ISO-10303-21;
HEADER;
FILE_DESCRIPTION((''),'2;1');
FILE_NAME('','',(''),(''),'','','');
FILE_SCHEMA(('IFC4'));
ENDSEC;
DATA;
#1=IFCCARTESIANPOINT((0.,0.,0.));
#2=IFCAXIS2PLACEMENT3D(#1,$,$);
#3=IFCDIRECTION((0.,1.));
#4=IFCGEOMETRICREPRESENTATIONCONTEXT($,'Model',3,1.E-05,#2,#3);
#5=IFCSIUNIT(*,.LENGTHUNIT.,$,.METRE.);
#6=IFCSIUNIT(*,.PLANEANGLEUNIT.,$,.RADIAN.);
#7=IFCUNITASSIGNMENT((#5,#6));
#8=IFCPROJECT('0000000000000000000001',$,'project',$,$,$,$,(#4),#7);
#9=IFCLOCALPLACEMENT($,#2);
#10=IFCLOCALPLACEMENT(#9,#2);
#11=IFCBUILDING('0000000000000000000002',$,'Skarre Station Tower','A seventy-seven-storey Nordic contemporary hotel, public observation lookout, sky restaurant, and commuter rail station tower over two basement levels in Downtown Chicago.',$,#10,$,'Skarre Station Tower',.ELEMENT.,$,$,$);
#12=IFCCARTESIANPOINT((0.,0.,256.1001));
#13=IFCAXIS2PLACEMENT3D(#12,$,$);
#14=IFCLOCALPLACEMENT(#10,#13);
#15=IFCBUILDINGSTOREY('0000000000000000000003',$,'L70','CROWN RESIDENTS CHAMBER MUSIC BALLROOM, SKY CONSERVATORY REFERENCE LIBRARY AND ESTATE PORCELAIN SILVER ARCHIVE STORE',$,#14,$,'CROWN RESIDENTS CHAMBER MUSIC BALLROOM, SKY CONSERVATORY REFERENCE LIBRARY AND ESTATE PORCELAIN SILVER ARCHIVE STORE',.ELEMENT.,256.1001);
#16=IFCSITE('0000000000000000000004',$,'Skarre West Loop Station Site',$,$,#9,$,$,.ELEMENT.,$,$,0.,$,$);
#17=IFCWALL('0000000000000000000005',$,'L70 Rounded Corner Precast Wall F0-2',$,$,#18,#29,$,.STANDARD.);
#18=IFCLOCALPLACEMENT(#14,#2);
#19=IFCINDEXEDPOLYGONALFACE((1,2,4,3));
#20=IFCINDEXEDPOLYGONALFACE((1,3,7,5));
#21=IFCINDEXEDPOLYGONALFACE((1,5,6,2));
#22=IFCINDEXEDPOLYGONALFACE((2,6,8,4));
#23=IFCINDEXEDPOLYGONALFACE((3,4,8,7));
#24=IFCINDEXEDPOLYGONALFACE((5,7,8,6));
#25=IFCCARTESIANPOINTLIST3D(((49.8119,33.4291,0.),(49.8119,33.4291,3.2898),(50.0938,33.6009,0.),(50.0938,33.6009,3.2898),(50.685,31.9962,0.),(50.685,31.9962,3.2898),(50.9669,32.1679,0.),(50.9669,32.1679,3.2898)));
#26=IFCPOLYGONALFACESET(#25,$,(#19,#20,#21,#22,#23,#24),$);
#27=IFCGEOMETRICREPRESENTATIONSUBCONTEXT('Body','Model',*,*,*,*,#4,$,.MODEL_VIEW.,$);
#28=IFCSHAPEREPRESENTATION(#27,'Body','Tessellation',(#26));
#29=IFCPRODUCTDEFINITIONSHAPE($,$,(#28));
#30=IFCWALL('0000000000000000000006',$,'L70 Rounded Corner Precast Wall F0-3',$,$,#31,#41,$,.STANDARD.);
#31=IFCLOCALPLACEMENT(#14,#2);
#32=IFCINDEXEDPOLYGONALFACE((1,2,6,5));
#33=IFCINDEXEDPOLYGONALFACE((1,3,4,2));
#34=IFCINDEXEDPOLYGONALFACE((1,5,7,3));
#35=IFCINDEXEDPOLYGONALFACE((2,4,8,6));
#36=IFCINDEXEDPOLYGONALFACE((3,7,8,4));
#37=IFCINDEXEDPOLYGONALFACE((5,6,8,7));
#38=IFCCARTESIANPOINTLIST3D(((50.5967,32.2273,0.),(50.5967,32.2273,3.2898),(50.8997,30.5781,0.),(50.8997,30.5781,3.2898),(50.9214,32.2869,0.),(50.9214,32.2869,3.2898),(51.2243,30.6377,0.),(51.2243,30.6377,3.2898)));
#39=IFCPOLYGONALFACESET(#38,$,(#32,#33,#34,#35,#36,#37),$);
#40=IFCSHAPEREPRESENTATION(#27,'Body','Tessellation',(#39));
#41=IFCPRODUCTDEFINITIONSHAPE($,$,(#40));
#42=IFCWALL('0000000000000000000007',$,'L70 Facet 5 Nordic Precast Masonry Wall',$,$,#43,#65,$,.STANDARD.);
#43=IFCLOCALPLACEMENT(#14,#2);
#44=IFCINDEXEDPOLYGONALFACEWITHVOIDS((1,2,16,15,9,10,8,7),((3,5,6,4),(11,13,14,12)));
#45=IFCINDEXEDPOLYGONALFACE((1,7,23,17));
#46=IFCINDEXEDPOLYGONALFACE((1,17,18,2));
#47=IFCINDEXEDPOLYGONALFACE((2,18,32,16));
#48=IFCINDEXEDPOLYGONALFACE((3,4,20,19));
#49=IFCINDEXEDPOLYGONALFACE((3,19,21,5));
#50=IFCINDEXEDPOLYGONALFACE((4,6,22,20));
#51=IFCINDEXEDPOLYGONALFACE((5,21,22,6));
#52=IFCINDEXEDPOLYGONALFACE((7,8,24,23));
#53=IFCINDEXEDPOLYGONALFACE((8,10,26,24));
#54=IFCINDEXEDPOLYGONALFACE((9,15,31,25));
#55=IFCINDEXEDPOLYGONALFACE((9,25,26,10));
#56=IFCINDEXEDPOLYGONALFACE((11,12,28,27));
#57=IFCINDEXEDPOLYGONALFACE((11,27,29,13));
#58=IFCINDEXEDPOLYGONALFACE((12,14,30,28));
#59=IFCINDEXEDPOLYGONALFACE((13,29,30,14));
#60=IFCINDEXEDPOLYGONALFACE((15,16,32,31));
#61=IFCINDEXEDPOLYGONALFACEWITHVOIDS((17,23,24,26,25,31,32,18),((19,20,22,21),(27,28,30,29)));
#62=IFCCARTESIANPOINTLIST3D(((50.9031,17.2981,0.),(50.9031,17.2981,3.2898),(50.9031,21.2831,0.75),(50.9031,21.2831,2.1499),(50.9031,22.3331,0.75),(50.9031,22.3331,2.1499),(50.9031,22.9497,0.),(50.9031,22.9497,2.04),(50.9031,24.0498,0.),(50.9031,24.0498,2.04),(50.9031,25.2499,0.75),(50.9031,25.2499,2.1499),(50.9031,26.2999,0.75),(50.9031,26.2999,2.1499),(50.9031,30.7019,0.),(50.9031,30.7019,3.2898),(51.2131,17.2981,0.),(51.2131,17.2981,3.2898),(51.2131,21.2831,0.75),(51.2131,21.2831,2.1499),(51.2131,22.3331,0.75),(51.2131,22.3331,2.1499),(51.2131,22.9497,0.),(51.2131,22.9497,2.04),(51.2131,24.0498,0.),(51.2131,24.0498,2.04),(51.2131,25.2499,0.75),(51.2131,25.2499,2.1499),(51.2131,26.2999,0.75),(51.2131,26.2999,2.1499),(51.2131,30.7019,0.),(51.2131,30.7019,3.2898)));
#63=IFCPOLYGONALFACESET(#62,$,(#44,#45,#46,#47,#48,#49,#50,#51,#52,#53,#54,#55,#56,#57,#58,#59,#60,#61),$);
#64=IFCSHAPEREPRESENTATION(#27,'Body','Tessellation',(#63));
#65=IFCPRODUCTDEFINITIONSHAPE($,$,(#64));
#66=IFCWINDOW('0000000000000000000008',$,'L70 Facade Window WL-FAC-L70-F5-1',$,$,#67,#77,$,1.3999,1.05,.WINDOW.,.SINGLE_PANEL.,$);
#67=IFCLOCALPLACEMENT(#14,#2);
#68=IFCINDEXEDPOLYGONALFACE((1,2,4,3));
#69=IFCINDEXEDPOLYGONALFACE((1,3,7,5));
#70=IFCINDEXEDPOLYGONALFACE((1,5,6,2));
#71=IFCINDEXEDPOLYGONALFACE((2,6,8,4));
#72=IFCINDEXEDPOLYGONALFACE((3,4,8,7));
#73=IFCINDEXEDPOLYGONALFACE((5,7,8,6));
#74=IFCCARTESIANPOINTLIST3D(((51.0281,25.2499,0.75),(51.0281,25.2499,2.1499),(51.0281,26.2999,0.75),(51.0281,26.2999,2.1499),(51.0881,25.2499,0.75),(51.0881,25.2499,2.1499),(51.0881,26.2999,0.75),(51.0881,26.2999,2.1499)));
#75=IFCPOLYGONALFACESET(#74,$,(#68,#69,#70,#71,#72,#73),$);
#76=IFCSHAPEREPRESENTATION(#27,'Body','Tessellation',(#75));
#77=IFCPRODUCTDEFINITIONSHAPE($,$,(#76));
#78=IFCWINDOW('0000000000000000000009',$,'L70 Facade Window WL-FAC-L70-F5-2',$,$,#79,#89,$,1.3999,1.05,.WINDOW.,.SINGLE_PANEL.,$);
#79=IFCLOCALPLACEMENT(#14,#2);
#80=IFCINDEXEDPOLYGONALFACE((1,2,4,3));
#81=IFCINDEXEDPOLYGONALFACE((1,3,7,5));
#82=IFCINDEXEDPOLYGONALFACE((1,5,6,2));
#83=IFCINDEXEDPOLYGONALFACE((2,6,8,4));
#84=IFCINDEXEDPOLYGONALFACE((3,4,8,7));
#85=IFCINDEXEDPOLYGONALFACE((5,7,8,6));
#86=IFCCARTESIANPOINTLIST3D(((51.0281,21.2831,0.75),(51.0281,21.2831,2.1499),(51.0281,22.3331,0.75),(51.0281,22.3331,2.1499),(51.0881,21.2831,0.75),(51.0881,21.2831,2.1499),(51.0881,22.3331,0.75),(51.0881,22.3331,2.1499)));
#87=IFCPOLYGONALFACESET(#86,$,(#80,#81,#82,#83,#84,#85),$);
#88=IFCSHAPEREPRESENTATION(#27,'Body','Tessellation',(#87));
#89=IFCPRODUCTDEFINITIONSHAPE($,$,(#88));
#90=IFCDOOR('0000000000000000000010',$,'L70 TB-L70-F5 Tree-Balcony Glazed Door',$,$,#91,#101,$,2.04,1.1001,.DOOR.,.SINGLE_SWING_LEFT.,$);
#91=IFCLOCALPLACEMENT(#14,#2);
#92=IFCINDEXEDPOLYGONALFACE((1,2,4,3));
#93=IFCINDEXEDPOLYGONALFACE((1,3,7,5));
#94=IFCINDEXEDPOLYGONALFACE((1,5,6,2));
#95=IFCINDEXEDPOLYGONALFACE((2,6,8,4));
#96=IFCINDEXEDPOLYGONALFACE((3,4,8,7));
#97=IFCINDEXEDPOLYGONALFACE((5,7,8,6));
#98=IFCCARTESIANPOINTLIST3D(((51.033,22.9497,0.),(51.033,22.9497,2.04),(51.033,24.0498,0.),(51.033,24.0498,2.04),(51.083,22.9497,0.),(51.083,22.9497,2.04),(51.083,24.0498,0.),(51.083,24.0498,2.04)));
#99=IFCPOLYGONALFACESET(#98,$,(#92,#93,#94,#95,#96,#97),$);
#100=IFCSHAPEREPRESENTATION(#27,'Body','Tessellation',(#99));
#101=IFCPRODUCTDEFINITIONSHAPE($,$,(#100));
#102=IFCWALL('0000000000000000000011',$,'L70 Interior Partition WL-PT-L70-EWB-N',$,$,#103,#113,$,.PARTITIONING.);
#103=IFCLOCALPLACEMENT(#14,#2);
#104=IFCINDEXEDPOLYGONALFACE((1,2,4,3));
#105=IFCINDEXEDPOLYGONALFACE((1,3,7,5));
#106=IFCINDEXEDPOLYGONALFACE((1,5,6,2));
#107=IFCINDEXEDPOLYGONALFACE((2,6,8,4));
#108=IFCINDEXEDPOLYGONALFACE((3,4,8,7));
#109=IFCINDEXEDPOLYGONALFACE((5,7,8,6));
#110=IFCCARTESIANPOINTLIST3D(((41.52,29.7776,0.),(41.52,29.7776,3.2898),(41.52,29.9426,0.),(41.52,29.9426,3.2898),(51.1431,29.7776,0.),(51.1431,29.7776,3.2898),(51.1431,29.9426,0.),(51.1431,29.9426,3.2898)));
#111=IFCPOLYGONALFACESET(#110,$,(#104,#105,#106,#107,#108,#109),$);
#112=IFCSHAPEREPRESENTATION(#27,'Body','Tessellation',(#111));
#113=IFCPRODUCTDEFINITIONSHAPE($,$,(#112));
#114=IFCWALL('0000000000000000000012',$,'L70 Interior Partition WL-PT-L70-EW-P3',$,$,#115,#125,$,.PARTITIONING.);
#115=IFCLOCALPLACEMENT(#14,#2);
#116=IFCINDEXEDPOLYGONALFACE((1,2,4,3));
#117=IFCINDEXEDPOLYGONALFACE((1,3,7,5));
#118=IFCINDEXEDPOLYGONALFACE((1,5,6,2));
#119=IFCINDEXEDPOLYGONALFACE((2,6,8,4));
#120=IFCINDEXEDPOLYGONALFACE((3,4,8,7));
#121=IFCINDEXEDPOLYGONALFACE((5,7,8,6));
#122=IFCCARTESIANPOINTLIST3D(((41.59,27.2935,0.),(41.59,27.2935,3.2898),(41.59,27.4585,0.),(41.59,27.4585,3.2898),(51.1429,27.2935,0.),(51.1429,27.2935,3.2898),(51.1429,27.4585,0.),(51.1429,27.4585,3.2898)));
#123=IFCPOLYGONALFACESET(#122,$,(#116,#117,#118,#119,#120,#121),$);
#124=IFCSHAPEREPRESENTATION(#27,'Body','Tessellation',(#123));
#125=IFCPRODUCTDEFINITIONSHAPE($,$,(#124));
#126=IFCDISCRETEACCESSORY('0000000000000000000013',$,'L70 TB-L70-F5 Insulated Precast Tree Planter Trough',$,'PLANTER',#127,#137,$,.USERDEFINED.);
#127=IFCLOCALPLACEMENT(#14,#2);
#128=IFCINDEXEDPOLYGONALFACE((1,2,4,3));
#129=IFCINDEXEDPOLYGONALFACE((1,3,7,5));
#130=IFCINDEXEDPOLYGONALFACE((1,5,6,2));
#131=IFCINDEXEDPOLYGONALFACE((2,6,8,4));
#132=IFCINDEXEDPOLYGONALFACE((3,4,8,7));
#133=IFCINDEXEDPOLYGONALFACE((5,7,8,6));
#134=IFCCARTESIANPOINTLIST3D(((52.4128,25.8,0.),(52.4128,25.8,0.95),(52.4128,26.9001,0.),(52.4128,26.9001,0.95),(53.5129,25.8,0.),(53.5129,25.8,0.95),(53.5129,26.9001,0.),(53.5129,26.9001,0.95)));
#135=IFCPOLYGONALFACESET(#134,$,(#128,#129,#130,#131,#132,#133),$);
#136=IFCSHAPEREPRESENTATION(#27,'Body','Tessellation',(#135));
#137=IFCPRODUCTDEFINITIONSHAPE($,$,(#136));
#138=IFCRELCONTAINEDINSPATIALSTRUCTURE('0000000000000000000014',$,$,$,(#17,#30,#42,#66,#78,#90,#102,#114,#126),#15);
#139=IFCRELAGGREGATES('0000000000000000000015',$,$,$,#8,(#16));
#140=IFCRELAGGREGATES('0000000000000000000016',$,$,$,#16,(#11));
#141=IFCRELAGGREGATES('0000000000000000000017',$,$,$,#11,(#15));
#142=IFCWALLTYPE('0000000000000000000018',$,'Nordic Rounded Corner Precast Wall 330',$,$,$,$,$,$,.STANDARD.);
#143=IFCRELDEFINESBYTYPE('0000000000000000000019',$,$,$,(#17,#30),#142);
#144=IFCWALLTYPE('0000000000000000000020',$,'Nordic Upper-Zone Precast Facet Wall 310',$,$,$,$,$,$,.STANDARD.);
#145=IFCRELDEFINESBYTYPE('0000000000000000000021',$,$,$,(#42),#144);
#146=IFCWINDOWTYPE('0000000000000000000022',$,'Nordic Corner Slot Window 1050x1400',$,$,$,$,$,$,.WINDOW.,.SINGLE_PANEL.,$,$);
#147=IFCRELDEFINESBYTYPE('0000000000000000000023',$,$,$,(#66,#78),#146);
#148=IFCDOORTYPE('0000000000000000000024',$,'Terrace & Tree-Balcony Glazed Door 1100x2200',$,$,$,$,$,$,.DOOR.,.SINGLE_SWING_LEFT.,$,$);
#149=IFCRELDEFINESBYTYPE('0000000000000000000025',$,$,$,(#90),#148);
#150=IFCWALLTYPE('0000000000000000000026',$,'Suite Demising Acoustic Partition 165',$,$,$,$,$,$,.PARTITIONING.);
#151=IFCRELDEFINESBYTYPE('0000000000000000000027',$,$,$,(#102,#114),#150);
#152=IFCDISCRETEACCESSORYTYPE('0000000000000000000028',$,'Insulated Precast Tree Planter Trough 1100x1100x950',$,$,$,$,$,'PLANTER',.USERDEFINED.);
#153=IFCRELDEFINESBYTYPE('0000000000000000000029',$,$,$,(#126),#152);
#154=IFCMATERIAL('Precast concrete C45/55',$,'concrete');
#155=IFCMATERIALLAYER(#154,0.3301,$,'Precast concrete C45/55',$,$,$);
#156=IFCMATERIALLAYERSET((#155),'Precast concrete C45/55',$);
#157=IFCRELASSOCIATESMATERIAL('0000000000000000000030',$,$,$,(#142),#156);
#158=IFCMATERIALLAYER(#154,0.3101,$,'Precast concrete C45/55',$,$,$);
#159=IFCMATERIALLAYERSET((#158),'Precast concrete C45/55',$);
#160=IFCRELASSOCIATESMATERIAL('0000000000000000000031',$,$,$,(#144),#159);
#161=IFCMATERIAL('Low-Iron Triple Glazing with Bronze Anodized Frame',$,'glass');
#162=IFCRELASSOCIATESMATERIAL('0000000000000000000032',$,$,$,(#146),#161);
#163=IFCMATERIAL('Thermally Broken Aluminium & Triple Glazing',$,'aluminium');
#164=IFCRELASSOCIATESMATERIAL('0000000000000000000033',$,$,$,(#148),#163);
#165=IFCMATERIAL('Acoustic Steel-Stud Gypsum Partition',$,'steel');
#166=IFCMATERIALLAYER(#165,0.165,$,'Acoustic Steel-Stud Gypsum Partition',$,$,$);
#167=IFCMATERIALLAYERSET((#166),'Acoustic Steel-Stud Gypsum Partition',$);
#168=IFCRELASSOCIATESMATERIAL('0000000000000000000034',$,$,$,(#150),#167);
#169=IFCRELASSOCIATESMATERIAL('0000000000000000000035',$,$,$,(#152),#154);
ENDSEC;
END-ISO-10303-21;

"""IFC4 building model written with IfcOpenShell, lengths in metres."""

from ifc_helpers import new_model, si_unit, direction, frame, frame_2d, origin, origin_2d, place, context, subcontext, project, spatial, rectangle, extrude, material, layer, layer_set, type_object, element, fill, save


model = new_model("IFC4")

# Units and contexts
model_context = context("Model", 3, precision=1e-05, world=origin(), true_north=direction((0.0, 1.0)))
body_context = subcontext(model_context, "Body", "Model", "MODEL_VIEW")
ifc_project = project(units=[si_unit("LENGTHUNIT", "METRE"), si_unit("PLANEANGLEUNIT", "RADIAN")], contexts=[model_context])

# Site, building, storey
site_placement = place(None, origin())
site = spatial("IfcSite", under=ifc_project, at=site_placement, Name="Skarre West Loop Station Site", CompositionType="ELEMENT", RefElevation=0.0)
building_placement = place(site_placement, origin())
building = spatial("IfcBuilding", under=site, at=building_placement, Name="Skarre Station Tower", Description="A seventy-seven-storey Nordic contemporary hotel, public observation lookout, sky restaurant, and commuter rail station tower over two basement levels in Downtown Chicago.", LongName="Skarre Station Tower", CompositionType="ELEMENT")
storey_placement = place(building_placement, frame((0.0, 0.0, 256.1001)))
storey = spatial("IfcBuildingStorey", under=building, at=storey_placement, Name="L70", Description="CROWN RESIDENTS CHAMBER MUSIC BALLROOM, SKY CONSERVATORY REFERENCE LIBRARY AND ESTATE PORCELAIN SILVER ARCHIVE STORE", LongName="CROWN RESIDENTS CHAMBER MUSIC BALLROOM, SKY CONSERVATORY REFERENCE LIBRARY AND ESTATE PORCELAIN SILVER ARCHIVE STORE", CompositionType="ELEMENT", Elevation=256.1001)

# Shared definitions
ifc_material_1 = material(Name="Acoustic Steel-Stud Gypsum Partition", Category="steel")

# Walls
ifc_material_2 = material(Name="Precast concrete C45/55", Category="concrete")
ifc_layer_1 = layer(ifc_material_2, 0.3301, Name="Precast concrete C45/55")
ifc_layer_set_1 = layer_set([ifc_layer_1], Name="Precast concrete C45/55")
wall_type_1 = type_object("IfcWallType", Name="Nordic Rounded Corner Precast Wall 330", PredefinedType="STANDARD", material=ifc_layer_set_1)
wall_1_placement = place(storey_placement, frame((49.9529, 33.5149, 0.0), z_axis=(0.0, 0.0, 1.0), x_axis=(0.520325, -0.853968, 0.0)))
element("IfcWall", 1, at=wall_1_placement, inside=storey, type_object=wall_type_1, Name="L70 Rounded Corner Precast Wall F0-2", PredefinedType="STANDARD", context=body_context, shape_type="SweptSolid", body=[
    extrude(rectangle(XDim=1.678, YDim=0.3301, at=frame_2d((0.8389, 0.0))), origin(), (0.0, 0.0, 1.0), 3.2898),
])
wall_2_placement = place(storey_placement, frame((50.759, 32.2571, 0.0), z_axis=(0.0, 0.0, 1.0), x_axis=(0.180692, -0.98354, 0.0)))
element("IfcWall", 2, at=wall_2_placement, inside=storey, type_object=wall_type_1, Name="L70 Rounded Corner Precast Wall F0-3", PredefinedType="STANDARD", context=body_context, shape_type="SweptSolid", body=[
    extrude(rectangle(XDim=1.6768, YDim=0.3301, at=frame_2d((0.8384, 0.0))), origin(), (0.0, 0.0, 1.0), 3.2898),
])

# Wall, openings, windows, door
ifc_layer_2 = layer(ifc_material_2, 0.3101, Name="Precast concrete C45/55")
ifc_layer_set_2 = layer_set([ifc_layer_2], Name="Precast concrete C45/55")
wall_type_2 = type_object("IfcWallType", Name="Nordic Upper-Zone Precast Facet Wall 310", PredefinedType="STANDARD", material=ifc_layer_set_2)
wall_3_placement = place(storey_placement, frame((51.0581, 30.7019, 0.0), z_axis=(0.0, 0.0, 1.0), x_axis=(0.0, -1.0, 0.0)))
wall_3 = element("IfcWall", 3, at=wall_3_placement, inside=storey, type_object=wall_type_2, Name="L70 Facet 5 Nordic Precast Masonry Wall", PredefinedType="STANDARD", context=body_context, shape_type="SweptSolid", body=[
    extrude(rectangle(XDim=13.4038, YDim=0.3101, at=frame_2d((6.7019, 0.0))), origin(), (0.0, 0.0, 1.0), 3.2898),
])
opening_1_placement = place(wall_3_placement, frame((6.6521, 0.0, 0.0)))
opening_1 = element("IfcOpeningElement", 4, at=opening_1_placement, cuts=wall_3, PredefinedType="OPENING", context=body_context, shape_type="SweptSolid", body=[
    extrude(rectangle(XDim=1.1001, YDim=2.04, at=frame_2d((0.55, 1.02))), frame((0.0, 0.165, 0.0), z_axis=(0.0, -1.0, 0.0), x_axis=(1.0, 0.0, 0.0)), (0.0, 0.0, 1.0), 0.3301),
])
opening_2_placement = place(wall_3_placement, frame((4.4021, 0.0, 0.75)))
opening_2 = element("IfcOpeningElement", 5, at=opening_2_placement, cuts=wall_3, PredefinedType="OPENING", context=body_context, shape_type="SweptSolid", body=[
    extrude(rectangle(XDim=1.05, YDim=1.3999, at=frame_2d((0.5249, 0.7))), frame((0.0, 0.165, 0.0), z_axis=(0.0, -1.0, 0.0), x_axis=(1.0, 0.0, 0.0)), (0.0, 0.0, 1.0), 0.3301),
])
opening_3_placement = place(wall_3_placement, frame((8.3689, 0.0, 0.75)))
opening_3 = element("IfcOpeningElement", 6, at=opening_3_placement, cuts=wall_3, PredefinedType="OPENING", context=body_context, shape_type="SweptSolid", body=[
    extrude(rectangle(XDim=1.05, YDim=1.3999, at=frame_2d((0.5249, 0.7))), frame((0.0, 0.165, 0.0), z_axis=(0.0, -1.0, 0.0), x_axis=(1.0, 0.0, 0.0)), (0.0, 0.0, 1.0), 0.3301),
])
ifc_material_3 = material(Name="Low-Iron Triple Glazing with Bronze Anodized Frame", Category="glass")
window_type = type_object("IfcWindowType", Name="Nordic Corner Slot Window 1050x1400", PartitioningType="SINGLE_PANEL", PredefinedType="WINDOW", material=ifc_material_3)
window_1_placement = place(opening_2_placement, origin())
window_1 = element("IfcWindow", 7, at=window_1_placement, inside=storey, type_object=window_type, Name="L70 Facade Window WL-FAC-L70-F5-1", OverallHeight=1.3999, OverallWidth=1.05, PartitioningType="SINGLE_PANEL", PredefinedType="WINDOW", context=body_context, shape_type="SweptSolid", body=[
    extrude(rectangle(XDim=1.05, YDim=1.3999, at=frame_2d((0.5249, 0.7))), frame((0.0, 0.03, 0.0), z_axis=(0.0, -1.0, 0.0), x_axis=(1.0, 0.0, 0.0)), (0.0, 0.0, 1.0), 0.0601),
])
fill(opening_2, window_1)
window_2_placement = place(opening_3_placement, origin())
window_2 = element("IfcWindow", 8, at=window_2_placement, inside=storey, type_object=window_type, Name="L70 Facade Window WL-FAC-L70-F5-2", OverallHeight=1.3999, OverallWidth=1.05, PartitioningType="SINGLE_PANEL", PredefinedType="WINDOW", context=body_context, shape_type="SweptSolid", body=[
    extrude(rectangle(XDim=1.05, YDim=1.3999, at=frame_2d((0.5249, 0.7))), frame((0.0, 0.03, 0.0), z_axis=(0.0, -1.0, 0.0), x_axis=(1.0, 0.0, 0.0)), (0.0, 0.0, 1.0), 0.0601),
])
fill(opening_3, window_2)
ifc_material_4 = material(Name="Thermally Broken Aluminium & Triple Glazing", Category="aluminium")
door_type_1 = type_object("IfcDoorType", Name="Terrace & Tree-Balcony Glazed Door 1100x2200", OperationType="SINGLE_SWING_LEFT", PredefinedType="DOOR", material=ifc_material_4)
door_1_placement = place(opening_1_placement, origin())
door_1 = element("IfcDoor", 9, at=door_1_placement, inside=storey, type_object=door_type_1, Name="L70 TB-L70-F5 Tree-Balcony Glazed Door", OperationType="SINGLE_SWING_LEFT", OverallHeight=2.04, OverallWidth=1.1001, PredefinedType="DOOR", context=body_context, shape_type="SweptSolid", body=[
    extrude(rectangle(XDim=1.1001, YDim=2.04, at=frame_2d((0.55, 1.02))), frame((0.0, 0.0249, 0.0), z_axis=(0.0, -1.0, 0.0), x_axis=(1.0, 0.0, 0.0)), (0.0, 0.0, 1.0), 0.05),
])
fill(opening_1, door_1)

# Walls
ifc_layer_3 = layer(ifc_material_1, 0.165, Name="Acoustic Steel-Stud Gypsum Partition")
ifc_layer_set_3 = layer_set([ifc_layer_3], Name="Acoustic Steel-Stud Gypsum Partition")
wall_type_3 = type_object("IfcWallType", Name="Suite Demising Acoustic Partition 165", PredefinedType="PARTITIONING", material=ifc_layer_set_3)
wall_4_placement = place(storey_placement, frame((41.52, 29.8601, 0.0), z_axis=(0.0, 0.0, 1.0), x_axis=(1.0, 0.0, 0.0)))
element("IfcWall", 10, at=wall_4_placement, inside=storey, type_object=wall_type_3, Name="L70 Interior Partition WL-PT-L70-EWB-N", PredefinedType="PARTITIONING", context=body_context, shape_type="SweptSolid", body=[
    extrude(rectangle(XDim=9.623, YDim=0.165, at=frame_2d((4.8115, 0.0))), origin(), (0.0, 0.0, 1.0), 3.2898),
])
wall_5_placement = place(storey_placement, frame((41.5901, 27.376, 0.0), z_axis=(0.0, 0.0, 1.0), x_axis=(1.0, 0.0, 0.0)))
element("IfcWall", 11, at=wall_5_placement, inside=storey, type_object=wall_type_3, Name="L70 Interior Partition WL-PT-L70-EW-P3", PredefinedType="PARTITIONING", context=body_context, shape_type="SweptSolid", body=[
    extrude(rectangle(XDim=9.553, YDim=0.165, at=frame_2d((4.7764, 0.0))), origin(), (0.0, 0.0, 1.0), 3.2898),
])

# Discrete accessory
discrete_accessory_type = type_object("IfcDiscreteAccessoryType", Name="Insulated Precast Tree Planter Trough 1100x1100x950", ElementType="PLANTER", PredefinedType="USERDEFINED", material=ifc_material_2)
discrete_accessory_placement = place(storey_placement, frame((52.9629, 26.3501, 0.0), z_axis=(0.0, 0.0, 1.0), x_axis=(1.0, 0.0, 0.0)))
element("IfcDiscreteAccessory", 12, at=discrete_accessory_placement, inside=storey, type_object=discrete_accessory_type, Name="L70 TB-L70-F5 Insulated Precast Tree Planter Trough", ObjectType="PLANTER", PredefinedType="USERDEFINED", context=body_context, shape_type="SweptSolid", body=[
    extrude(rectangle(XDim=1.1001, YDim=1.1001, at=origin_2d()), origin(), (0.0, 0.0, 1.0), 0.95),
])

save(model, "model.ifc")
